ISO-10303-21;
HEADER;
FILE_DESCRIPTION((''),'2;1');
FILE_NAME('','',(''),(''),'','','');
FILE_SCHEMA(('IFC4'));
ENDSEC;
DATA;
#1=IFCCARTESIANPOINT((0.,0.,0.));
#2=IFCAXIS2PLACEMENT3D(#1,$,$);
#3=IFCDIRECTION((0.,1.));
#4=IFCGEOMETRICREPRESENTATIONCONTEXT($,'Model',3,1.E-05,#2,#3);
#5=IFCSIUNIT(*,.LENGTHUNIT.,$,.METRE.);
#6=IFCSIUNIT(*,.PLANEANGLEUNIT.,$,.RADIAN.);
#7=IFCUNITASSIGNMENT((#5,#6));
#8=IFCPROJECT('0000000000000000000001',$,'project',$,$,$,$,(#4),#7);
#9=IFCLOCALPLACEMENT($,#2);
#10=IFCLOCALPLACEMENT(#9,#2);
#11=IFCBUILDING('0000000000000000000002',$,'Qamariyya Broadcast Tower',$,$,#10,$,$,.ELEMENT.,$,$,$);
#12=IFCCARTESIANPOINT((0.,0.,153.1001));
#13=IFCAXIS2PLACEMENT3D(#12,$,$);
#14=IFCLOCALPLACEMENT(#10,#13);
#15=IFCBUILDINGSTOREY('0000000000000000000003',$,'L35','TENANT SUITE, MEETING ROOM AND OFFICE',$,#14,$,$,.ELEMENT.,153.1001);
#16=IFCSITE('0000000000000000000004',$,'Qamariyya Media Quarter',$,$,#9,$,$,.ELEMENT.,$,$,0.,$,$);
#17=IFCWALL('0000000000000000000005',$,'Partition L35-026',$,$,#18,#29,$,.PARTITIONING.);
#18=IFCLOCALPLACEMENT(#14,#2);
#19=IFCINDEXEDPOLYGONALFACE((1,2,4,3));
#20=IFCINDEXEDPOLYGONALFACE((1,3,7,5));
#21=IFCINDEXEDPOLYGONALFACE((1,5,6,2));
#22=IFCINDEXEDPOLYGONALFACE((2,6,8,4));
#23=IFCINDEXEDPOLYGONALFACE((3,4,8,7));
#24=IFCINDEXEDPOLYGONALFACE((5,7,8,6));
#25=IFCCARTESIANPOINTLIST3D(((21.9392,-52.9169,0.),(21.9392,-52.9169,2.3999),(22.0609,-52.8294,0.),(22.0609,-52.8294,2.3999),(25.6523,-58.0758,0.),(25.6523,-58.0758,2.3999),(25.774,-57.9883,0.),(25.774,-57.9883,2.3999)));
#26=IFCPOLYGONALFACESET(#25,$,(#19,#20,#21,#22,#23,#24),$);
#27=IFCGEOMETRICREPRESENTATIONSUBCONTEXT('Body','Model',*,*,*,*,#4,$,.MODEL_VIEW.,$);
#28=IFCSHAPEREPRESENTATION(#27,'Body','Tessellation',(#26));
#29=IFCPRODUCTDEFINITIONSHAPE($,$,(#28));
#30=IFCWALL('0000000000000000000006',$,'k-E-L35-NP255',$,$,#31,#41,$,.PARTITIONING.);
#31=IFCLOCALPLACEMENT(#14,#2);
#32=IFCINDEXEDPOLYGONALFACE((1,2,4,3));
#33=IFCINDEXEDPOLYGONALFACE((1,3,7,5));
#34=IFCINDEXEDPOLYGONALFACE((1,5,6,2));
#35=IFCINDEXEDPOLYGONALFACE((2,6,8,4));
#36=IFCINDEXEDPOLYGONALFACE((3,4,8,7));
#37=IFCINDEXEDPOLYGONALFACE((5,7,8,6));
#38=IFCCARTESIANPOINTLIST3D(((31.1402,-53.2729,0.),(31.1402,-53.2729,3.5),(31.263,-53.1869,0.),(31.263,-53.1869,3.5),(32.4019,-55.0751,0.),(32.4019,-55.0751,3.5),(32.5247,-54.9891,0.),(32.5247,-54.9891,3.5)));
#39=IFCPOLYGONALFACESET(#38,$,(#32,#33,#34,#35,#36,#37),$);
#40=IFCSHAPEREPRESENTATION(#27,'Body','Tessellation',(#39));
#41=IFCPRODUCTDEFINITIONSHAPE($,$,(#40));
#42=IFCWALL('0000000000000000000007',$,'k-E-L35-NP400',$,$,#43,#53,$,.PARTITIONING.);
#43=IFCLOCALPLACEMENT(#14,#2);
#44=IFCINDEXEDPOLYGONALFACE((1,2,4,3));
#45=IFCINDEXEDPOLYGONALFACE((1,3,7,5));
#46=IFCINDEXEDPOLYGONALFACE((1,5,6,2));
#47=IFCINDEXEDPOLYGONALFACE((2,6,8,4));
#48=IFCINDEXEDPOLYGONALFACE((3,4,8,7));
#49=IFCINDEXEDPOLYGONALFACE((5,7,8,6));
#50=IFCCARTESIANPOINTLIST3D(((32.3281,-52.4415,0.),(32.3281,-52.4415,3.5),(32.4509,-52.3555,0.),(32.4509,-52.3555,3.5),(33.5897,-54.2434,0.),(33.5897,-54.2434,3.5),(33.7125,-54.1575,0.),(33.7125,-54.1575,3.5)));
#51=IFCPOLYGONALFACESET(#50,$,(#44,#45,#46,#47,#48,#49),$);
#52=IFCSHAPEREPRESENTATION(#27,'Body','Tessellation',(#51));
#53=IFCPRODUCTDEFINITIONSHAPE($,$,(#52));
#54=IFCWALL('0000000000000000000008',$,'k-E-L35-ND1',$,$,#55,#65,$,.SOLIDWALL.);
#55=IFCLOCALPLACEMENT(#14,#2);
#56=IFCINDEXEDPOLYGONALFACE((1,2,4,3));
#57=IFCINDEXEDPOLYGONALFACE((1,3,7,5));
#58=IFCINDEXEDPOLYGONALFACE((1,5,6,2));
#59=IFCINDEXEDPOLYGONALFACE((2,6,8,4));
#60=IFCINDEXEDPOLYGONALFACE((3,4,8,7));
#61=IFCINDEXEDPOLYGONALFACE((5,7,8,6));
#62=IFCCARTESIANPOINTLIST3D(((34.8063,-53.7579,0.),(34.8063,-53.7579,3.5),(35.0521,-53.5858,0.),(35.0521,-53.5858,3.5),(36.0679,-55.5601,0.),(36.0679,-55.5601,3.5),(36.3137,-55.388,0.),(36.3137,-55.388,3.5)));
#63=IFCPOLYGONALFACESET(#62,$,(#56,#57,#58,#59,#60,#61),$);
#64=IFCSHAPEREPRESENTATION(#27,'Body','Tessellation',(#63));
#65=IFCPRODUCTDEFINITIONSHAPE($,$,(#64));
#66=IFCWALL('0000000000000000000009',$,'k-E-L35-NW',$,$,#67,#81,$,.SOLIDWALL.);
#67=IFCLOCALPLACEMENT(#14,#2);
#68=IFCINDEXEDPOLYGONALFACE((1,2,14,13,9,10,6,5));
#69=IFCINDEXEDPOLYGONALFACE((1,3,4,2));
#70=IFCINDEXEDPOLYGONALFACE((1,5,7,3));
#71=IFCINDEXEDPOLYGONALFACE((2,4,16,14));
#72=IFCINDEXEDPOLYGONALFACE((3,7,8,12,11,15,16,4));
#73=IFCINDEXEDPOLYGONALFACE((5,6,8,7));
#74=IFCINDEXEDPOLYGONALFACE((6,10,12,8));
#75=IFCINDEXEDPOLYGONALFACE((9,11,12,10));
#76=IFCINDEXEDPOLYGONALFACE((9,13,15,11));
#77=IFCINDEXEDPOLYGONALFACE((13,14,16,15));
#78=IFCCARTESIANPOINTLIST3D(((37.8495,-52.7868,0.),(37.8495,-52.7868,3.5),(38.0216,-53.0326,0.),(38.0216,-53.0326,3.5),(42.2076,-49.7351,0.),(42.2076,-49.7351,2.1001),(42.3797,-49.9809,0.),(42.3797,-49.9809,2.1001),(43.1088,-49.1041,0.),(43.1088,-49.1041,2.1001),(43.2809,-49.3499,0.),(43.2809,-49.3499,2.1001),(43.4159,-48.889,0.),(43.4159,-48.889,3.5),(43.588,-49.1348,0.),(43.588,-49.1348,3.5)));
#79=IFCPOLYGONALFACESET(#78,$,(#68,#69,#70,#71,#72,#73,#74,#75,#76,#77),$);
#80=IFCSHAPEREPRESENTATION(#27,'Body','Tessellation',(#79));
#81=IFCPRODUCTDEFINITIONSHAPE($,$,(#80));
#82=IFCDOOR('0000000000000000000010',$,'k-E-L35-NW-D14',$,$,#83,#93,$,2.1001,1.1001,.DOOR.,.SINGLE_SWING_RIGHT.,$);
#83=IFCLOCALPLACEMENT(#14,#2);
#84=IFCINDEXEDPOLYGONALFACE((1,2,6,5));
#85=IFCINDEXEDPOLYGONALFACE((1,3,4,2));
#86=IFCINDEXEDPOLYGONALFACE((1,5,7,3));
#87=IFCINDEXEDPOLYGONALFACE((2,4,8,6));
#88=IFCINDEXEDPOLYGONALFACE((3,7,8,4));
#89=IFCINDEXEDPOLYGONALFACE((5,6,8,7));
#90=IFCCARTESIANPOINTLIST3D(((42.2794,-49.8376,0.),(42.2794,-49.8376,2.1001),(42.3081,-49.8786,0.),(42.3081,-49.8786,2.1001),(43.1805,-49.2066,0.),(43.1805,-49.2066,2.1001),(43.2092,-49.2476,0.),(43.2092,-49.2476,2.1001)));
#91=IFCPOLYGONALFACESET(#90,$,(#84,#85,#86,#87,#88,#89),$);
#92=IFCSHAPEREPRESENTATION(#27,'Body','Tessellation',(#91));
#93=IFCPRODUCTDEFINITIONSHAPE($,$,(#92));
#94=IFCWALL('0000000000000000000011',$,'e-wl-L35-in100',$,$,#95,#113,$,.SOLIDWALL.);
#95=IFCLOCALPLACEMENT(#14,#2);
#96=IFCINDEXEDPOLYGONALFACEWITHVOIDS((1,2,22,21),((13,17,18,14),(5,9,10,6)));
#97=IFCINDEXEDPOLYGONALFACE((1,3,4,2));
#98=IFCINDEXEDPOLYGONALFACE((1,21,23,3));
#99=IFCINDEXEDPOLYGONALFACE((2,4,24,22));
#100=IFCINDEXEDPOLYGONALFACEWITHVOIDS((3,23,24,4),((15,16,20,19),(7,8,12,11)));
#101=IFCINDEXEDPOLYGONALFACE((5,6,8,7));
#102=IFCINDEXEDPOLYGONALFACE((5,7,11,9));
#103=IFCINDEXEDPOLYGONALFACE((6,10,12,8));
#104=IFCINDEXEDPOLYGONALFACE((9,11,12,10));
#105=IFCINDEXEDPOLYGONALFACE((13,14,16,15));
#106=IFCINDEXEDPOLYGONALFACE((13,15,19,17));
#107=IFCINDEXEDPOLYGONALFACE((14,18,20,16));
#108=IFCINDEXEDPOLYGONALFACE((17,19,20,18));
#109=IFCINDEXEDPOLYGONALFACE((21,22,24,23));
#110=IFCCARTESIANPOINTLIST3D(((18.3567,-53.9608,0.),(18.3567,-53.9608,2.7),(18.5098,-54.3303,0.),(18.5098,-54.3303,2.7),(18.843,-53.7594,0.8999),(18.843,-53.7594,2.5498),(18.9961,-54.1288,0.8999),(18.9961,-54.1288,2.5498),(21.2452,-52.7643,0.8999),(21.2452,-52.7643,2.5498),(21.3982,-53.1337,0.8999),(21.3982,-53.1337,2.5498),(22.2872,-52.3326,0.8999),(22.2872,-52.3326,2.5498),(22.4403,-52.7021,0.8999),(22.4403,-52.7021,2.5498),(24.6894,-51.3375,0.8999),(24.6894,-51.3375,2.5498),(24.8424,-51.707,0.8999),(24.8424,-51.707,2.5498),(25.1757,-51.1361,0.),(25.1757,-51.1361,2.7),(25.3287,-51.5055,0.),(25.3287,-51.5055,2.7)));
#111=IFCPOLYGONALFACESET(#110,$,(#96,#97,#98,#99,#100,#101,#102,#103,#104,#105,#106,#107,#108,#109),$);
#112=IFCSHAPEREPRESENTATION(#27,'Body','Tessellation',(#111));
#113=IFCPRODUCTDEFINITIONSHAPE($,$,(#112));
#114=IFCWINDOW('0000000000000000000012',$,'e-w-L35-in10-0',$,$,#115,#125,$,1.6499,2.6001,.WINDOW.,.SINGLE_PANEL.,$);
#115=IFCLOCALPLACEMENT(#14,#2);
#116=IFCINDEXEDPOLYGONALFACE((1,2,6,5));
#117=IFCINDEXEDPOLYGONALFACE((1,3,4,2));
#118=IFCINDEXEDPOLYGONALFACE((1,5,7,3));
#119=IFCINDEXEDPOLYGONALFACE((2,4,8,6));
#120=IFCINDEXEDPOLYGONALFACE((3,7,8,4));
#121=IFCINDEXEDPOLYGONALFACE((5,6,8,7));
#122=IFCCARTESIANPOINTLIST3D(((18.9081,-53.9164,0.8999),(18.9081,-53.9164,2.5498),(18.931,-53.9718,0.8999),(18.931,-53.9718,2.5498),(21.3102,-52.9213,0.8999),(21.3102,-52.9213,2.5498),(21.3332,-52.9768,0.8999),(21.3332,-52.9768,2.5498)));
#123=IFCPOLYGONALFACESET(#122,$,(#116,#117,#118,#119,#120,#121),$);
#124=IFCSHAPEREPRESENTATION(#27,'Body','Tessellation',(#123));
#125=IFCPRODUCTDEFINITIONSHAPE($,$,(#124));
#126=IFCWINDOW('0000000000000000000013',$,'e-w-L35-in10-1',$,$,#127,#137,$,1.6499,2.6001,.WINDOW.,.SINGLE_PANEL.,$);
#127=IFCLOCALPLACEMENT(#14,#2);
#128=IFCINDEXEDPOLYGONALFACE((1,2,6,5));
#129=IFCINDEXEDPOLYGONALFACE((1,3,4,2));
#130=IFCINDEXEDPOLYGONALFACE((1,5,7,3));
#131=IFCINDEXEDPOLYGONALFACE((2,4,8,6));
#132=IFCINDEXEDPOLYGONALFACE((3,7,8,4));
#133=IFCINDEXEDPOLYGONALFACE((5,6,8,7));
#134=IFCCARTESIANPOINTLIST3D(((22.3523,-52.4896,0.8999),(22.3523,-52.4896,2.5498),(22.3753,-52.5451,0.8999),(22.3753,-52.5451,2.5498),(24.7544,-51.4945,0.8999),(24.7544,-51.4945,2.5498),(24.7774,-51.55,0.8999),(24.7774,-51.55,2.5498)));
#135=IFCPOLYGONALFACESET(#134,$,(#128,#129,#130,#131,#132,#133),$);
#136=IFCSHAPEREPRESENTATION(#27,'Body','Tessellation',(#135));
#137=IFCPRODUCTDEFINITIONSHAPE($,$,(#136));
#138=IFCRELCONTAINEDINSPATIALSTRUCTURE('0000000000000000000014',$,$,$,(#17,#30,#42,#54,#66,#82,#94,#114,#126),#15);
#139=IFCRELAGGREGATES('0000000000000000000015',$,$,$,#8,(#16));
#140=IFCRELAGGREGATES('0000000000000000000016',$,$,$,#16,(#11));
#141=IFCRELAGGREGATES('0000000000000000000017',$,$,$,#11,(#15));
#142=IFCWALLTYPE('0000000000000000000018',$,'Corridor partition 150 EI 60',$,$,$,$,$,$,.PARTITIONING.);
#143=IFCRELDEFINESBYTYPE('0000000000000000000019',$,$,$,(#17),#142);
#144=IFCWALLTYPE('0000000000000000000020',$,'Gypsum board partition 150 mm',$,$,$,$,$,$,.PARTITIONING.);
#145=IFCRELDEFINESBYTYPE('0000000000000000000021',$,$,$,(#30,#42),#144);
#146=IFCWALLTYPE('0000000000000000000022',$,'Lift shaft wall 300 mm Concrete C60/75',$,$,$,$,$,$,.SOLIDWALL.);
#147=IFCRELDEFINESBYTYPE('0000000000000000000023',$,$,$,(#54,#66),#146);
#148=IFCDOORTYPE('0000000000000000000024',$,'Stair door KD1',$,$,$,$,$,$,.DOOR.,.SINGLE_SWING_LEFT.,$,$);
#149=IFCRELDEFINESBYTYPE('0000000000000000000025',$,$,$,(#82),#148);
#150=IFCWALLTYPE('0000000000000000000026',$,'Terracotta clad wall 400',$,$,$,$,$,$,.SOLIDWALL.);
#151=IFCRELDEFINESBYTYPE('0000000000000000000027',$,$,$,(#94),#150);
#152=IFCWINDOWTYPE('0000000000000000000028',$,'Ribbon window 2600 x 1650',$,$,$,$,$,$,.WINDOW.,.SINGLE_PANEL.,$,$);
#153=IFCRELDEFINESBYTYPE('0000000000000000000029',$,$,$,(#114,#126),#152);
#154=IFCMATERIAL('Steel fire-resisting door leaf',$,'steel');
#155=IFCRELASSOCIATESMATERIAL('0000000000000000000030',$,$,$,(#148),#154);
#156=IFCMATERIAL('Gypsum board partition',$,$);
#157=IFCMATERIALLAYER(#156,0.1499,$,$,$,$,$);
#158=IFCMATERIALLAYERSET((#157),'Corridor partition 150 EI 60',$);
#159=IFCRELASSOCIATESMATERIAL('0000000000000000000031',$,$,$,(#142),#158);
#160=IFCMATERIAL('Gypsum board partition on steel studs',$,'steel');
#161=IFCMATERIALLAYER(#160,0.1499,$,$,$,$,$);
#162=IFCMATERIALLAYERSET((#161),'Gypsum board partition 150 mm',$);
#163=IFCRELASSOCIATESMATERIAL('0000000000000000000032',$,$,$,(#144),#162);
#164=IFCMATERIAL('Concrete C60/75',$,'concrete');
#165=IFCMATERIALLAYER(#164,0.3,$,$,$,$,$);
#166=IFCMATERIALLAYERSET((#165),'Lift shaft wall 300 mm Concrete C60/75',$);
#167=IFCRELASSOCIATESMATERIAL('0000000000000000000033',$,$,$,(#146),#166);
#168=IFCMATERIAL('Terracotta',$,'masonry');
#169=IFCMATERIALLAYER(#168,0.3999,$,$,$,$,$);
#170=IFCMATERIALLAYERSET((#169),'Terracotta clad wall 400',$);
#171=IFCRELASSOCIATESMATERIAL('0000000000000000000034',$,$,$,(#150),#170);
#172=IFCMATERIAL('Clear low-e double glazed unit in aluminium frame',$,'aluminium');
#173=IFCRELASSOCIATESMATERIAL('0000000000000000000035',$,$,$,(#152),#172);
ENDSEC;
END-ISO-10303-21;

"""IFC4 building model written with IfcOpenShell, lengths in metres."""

from ifc_helpers import new_model, si_unit, direction, frame, frame_2d, origin, place, context, subcontext, project, spatial, rectangle, extrude, material, layer, layer_set, type_object, element, fill, save


model = new_model("IFC4")

# Units and contexts
model_context = context("Model", 3, precision=1e-05, world=origin(), true_north=direction((0.0, 1.0)))
body_context = subcontext(model_context, "Body", "Model", "MODEL_VIEW")
ifc_project = project(units=[si_unit("LENGTHUNIT", "METRE"), si_unit("PLANEANGLEUNIT", "RADIAN")], contexts=[model_context])

# Site, building, storey
site_placement = place(None, origin())
site = spatial("IfcSite", under=ifc_project, at=site_placement, Name="Qamariyya Media Quarter", CompositionType="ELEMENT", RefElevation=0.0)
building_placement = place(site_placement, origin())
building = spatial("IfcBuilding", under=site, at=building_placement, Name="Qamariyya Broadcast Tower", CompositionType="ELEMENT")
storey_placement = place(building_placement, frame((0.0, 0.0, 153.1001)))
storey = spatial("IfcBuildingStorey", under=building, at=storey_placement, Name="L35", Description="TENANT SUITE, MEETING ROOM AND OFFICE", CompositionType="ELEMENT", Elevation=153.1001)

# Shared definitions
ifc_material_1 = material(Name="Concrete C60/75", Category="concrete")

# Shared definitions
ifc_material_2 = material(Name="Steel fire-resisting door leaf", Category="steel")
door_type_1 = type_object("IfcDoorType", Name="Stair door KD1", OperationType="SINGLE_SWING_LEFT", PredefinedType="DOOR", material=ifc_material_2)

# Walls
ifc_material_3 = material(Name="Gypsum board partition")
ifc_layer_1 = layer(ifc_material_3, 0.1499)
ifc_layer_set_1 = layer_set([ifc_layer_1], Name="Corridor partition 150 EI 60")
wall_type_1 = type_object("IfcWallType", Name="Corridor partition 150 EI 60", PredefinedType="PARTITIONING", material=ifc_layer_set_1)
wall_1_placement = place(storey_placement, frame((22.0, -52.873, 0.0), z_axis=(0.0, 0.0, 1.0), x_axis=(0.58417, -0.811631, 0.0)))
element("IfcWall", 1, at=wall_1_placement, inside=storey, type_object=wall_type_1, Name="Partition L35-026", PredefinedType="PARTITIONING", context=body_context, shape_type="SweptSolid", body=[
    extrude(rectangle(XDim=6.3562, YDim=0.1499, at=frame_2d((3.1782, 0.0))), origin(), (0.0, 0.0, 1.0), 2.3999),
])
ifc_material_4 = material(Name="Gypsum board partition on steel studs", Category="steel")
ifc_layer_2 = layer(ifc_material_4, 0.1499)
ifc_layer_set_2 = layer_set([ifc_layer_2], Name="Gypsum board partition 150 mm")
wall_type_2 = type_object("IfcWallType", Name="Gypsum board partition 150 mm", PredefinedType="PARTITIONING", material=ifc_layer_set_2)
wall_2_placement = place(storey_placement, frame((32.4634, -55.0322, 0.0), z_axis=(0.0, 0.0, 1.0), x_axis=(-0.573507, 0.819201, 0.0)))
element("IfcWall", 2, at=wall_2_placement, inside=storey, type_object=wall_type_2, Name="k-E-L35-NP255", PredefinedType="PARTITIONING", context=body_context, shape_type="SweptSolid", body=[
    extrude(rectangle(XDim=2.2, YDim=0.1499, at=frame_2d((1.1001, 0.0))), origin(), (0.0, 0.0, 1.0), 3.5),
])
wall_3_placement = place(storey_placement, frame((33.6511, -54.2004, 0.0), z_axis=(0.0, 0.0, 1.0), x_axis=(-0.573559, 0.819164, 0.0)))
element("IfcWall", 3, at=wall_3_placement, inside=storey, type_object=wall_type_2, Name="k-E-L35-NP400", PredefinedType="PARTITIONING", context=body_context, shape_type="SweptSolid", body=[
    extrude(rectangle(XDim=2.1997, YDim=0.1499, at=frame_2d((1.0999, 0.0))), origin(), (0.0, 0.0, 1.0), 3.5),
])
ifc_layer_3 = layer(ifc_material_1, 0.3)
ifc_layer_set_3 = layer_set([ifc_layer_3], Name="Lift shaft wall 300 mm Concrete C60/75")
wall_type_3 = type_object("IfcWallType", Name="Lift shaft wall 300 mm Concrete C60/75", PredefinedType="SOLIDWALL", material=ifc_layer_set_3)
wall_4_placement = place(storey_placement, frame((36.1909, -55.4741, 0.0), z_axis=(0.0, 0.0, 1.0), x_axis=(-0.573507, 0.819201, 0.0)))
element("IfcWall", 4, at=wall_4_placement, inside=storey, type_object=wall_type_3, Name="k-E-L35-ND1", PredefinedType="SOLIDWALL", context=body_context, shape_type="SweptSolid", body=[
    extrude(rectangle(XDim=2.2, YDim=0.3, at=frame_2d((1.1001, 0.0))), origin(), (0.0, 0.0, 1.0), 3.5),
])

# Wall, opening, door
wall_5_placement = place(storey_placement, frame((37.9355, -52.9097, 0.0), z_axis=(0.0, 0.0, 1.0), x_axis=(0.819148, 0.573583, 0.0)))
wall_5 = element("IfcWall", 5, at=wall_5_placement, inside=storey, type_object=wall_type_3, Name="k-E-L35-NW", PredefinedType="SOLIDWALL", context=body_context, shape_type="SweptSolid", body=[
    extrude(rectangle(XDim=6.7954, YDim=0.3, at=frame_2d((3.3977, 0.0))), origin(), (0.0, 0.0, 1.0), 3.5),
])
opening_1_placement = place(wall_5_placement, frame((5.3203, 0.0, 0.0)))
opening_1 = element("IfcOpeningElement", 6, at=opening_1_placement, cuts=wall_5, PredefinedType="OPENING", context=body_context, shape_type="SweptSolid", body=[
    extrude(rectangle(XDim=1.1001, YDim=2.1001, at=frame_2d((0.55, 1.05))), frame((0.0, 0.1599, 0.0), z_axis=(0.0, -1.0, 0.0), x_axis=(1.0, 0.0, 0.0)), (0.0, 0.0, 1.0), 0.3201),
])
door_1_placement = place(opening_1_placement, origin())
door_1 = element("IfcDoor", 7, at=door_1_placement, inside=storey, type_object=door_type_1, Name="k-E-L35-NW-D14", OperationType="SINGLE_SWING_RIGHT", OverallHeight=2.1001, OverallWidth=1.1001, PredefinedType="DOOR", context=body_context, shape_type="SweptSolid", body=[
    extrude(rectangle(XDim=1.1001, YDim=2.1001, at=frame_2d((0.55, 1.05))), frame((0.0, 0.0249, 0.0), z_axis=(0.0, -1.0, 0.0), x_axis=(1.0, 0.0, 0.0)), (0.0, 0.0, 1.0), 0.05),
])
fill(opening_1, door_1)

# Wall, openings, windows
ifc_material_5 = material(Name="Terracotta", Category="masonry")
ifc_layer_4 = layer(ifc_material_5, 0.3999)
ifc_layer_set_4 = layer_set([ifc_layer_4], Name="Terracotta clad wall 400")
wall_type_4 = type_object("IfcWallType", Name="Terracotta clad wall 400", PredefinedType="SOLIDWALL", material=ifc_layer_set_4)
wall_6_placement = place(storey_placement, frame((25.2522, -51.3208, 0.0), z_axis=(0.0, 0.0, 1.0), x_axis=(-0.923868, -0.382712, 0.0)))
wall_6 = element("IfcWall", 8, at=wall_6_placement, inside=storey, type_object=wall_type_4, Name="e-wl-L35-in100", PredefinedType="SOLIDWALL", context=body_context, shape_type="SweptSolid", body=[
    extrude(rectangle(XDim=7.3809, YDim=0.3999, at=frame_2d((3.6904, 0.0))), origin(), (0.0, 0.0, 1.0), 2.7),
])
opening_2_placement = place(wall_6_placement, frame((4.2544, 0.0, 0.8999)))
opening_2 = element("IfcOpeningElement", 9, at=opening_2_placement, cuts=wall_6, PredefinedType="OPENING", context=body_context, shape_type="SweptSolid", body=[
    extrude(rectangle(XDim=2.6001, YDim=1.6499, at=frame_2d((1.3, 0.825))), frame((0.0, 0.21, 0.0), z_axis=(0.0, -1.0, 0.0), x_axis=(1.0, 0.0, 0.0)), (0.0, 0.0, 1.0), 0.4199),
])
opening_3_placement = place(wall_6_placement, frame((0.5264, 0.0, 0.8999)))
opening_3 = element("IfcOpeningElement", 10, at=opening_3_placement, cuts=wall_6, PredefinedType="OPENING", context=body_context, shape_type="SweptSolid", body=[
    extrude(rectangle(XDim=2.6001, YDim=1.6499, at=frame_2d((1.3, 0.825))), frame((0.0, 0.21, 0.0), z_axis=(0.0, -1.0, 0.0), x_axis=(1.0, 0.0, 0.0)), (0.0, 0.0, 1.0), 0.4199),
])
ifc_material_6 = material(Name="Clear low-e double glazed unit in aluminium frame", Category="aluminium")
window_type = type_object("IfcWindowType", Name="Ribbon window 2600 x 1650", PartitioningType="SINGLE_PANEL", PredefinedType="WINDOW", material=ifc_material_6)
window_1_placement = place(opening_2_placement, origin())
window_1 = element("IfcWindow", 11, at=window_1_placement, inside=storey, type_object=window_type, Name="e-w-L35-in10-0", OverallHeight=1.6499, OverallWidth=2.6001, PartitioningType="SINGLE_PANEL", PredefinedType="WINDOW", context=body_context, shape_type="SweptSolid", body=[
    extrude(rectangle(XDim=2.6001, YDim=1.6499, at=frame_2d((1.3, 0.825))), frame((0.0, 0.03, 0.0), z_axis=(0.0, -1.0, 0.0), x_axis=(1.0, 0.0, 0.0)), (0.0, 0.0, 1.0), 0.0601),
])
fill(opening_2, window_1)
window_2_placement = place(opening_3_placement, origin())
window_2 = element("IfcWindow", 12, at=window_2_placement, inside=storey, type_object=window_type, Name="e-w-L35-in10-1", OverallHeight=1.6499, OverallWidth=2.6001, PartitioningType="SINGLE_PANEL", PredefinedType="WINDOW", context=body_context, shape_type="SweptSolid", body=[
    extrude(rectangle(XDim=2.6001, YDim=1.6499, at=frame_2d((1.3, 0.825))), frame((0.0, 0.03, 0.0), z_axis=(0.0, -1.0, 0.0), x_axis=(1.0, 0.0, 0.0)), (0.0, 0.0, 1.0), 0.0601),
])
fill(opening_3, window_2)

save(model, "model.ifc")
